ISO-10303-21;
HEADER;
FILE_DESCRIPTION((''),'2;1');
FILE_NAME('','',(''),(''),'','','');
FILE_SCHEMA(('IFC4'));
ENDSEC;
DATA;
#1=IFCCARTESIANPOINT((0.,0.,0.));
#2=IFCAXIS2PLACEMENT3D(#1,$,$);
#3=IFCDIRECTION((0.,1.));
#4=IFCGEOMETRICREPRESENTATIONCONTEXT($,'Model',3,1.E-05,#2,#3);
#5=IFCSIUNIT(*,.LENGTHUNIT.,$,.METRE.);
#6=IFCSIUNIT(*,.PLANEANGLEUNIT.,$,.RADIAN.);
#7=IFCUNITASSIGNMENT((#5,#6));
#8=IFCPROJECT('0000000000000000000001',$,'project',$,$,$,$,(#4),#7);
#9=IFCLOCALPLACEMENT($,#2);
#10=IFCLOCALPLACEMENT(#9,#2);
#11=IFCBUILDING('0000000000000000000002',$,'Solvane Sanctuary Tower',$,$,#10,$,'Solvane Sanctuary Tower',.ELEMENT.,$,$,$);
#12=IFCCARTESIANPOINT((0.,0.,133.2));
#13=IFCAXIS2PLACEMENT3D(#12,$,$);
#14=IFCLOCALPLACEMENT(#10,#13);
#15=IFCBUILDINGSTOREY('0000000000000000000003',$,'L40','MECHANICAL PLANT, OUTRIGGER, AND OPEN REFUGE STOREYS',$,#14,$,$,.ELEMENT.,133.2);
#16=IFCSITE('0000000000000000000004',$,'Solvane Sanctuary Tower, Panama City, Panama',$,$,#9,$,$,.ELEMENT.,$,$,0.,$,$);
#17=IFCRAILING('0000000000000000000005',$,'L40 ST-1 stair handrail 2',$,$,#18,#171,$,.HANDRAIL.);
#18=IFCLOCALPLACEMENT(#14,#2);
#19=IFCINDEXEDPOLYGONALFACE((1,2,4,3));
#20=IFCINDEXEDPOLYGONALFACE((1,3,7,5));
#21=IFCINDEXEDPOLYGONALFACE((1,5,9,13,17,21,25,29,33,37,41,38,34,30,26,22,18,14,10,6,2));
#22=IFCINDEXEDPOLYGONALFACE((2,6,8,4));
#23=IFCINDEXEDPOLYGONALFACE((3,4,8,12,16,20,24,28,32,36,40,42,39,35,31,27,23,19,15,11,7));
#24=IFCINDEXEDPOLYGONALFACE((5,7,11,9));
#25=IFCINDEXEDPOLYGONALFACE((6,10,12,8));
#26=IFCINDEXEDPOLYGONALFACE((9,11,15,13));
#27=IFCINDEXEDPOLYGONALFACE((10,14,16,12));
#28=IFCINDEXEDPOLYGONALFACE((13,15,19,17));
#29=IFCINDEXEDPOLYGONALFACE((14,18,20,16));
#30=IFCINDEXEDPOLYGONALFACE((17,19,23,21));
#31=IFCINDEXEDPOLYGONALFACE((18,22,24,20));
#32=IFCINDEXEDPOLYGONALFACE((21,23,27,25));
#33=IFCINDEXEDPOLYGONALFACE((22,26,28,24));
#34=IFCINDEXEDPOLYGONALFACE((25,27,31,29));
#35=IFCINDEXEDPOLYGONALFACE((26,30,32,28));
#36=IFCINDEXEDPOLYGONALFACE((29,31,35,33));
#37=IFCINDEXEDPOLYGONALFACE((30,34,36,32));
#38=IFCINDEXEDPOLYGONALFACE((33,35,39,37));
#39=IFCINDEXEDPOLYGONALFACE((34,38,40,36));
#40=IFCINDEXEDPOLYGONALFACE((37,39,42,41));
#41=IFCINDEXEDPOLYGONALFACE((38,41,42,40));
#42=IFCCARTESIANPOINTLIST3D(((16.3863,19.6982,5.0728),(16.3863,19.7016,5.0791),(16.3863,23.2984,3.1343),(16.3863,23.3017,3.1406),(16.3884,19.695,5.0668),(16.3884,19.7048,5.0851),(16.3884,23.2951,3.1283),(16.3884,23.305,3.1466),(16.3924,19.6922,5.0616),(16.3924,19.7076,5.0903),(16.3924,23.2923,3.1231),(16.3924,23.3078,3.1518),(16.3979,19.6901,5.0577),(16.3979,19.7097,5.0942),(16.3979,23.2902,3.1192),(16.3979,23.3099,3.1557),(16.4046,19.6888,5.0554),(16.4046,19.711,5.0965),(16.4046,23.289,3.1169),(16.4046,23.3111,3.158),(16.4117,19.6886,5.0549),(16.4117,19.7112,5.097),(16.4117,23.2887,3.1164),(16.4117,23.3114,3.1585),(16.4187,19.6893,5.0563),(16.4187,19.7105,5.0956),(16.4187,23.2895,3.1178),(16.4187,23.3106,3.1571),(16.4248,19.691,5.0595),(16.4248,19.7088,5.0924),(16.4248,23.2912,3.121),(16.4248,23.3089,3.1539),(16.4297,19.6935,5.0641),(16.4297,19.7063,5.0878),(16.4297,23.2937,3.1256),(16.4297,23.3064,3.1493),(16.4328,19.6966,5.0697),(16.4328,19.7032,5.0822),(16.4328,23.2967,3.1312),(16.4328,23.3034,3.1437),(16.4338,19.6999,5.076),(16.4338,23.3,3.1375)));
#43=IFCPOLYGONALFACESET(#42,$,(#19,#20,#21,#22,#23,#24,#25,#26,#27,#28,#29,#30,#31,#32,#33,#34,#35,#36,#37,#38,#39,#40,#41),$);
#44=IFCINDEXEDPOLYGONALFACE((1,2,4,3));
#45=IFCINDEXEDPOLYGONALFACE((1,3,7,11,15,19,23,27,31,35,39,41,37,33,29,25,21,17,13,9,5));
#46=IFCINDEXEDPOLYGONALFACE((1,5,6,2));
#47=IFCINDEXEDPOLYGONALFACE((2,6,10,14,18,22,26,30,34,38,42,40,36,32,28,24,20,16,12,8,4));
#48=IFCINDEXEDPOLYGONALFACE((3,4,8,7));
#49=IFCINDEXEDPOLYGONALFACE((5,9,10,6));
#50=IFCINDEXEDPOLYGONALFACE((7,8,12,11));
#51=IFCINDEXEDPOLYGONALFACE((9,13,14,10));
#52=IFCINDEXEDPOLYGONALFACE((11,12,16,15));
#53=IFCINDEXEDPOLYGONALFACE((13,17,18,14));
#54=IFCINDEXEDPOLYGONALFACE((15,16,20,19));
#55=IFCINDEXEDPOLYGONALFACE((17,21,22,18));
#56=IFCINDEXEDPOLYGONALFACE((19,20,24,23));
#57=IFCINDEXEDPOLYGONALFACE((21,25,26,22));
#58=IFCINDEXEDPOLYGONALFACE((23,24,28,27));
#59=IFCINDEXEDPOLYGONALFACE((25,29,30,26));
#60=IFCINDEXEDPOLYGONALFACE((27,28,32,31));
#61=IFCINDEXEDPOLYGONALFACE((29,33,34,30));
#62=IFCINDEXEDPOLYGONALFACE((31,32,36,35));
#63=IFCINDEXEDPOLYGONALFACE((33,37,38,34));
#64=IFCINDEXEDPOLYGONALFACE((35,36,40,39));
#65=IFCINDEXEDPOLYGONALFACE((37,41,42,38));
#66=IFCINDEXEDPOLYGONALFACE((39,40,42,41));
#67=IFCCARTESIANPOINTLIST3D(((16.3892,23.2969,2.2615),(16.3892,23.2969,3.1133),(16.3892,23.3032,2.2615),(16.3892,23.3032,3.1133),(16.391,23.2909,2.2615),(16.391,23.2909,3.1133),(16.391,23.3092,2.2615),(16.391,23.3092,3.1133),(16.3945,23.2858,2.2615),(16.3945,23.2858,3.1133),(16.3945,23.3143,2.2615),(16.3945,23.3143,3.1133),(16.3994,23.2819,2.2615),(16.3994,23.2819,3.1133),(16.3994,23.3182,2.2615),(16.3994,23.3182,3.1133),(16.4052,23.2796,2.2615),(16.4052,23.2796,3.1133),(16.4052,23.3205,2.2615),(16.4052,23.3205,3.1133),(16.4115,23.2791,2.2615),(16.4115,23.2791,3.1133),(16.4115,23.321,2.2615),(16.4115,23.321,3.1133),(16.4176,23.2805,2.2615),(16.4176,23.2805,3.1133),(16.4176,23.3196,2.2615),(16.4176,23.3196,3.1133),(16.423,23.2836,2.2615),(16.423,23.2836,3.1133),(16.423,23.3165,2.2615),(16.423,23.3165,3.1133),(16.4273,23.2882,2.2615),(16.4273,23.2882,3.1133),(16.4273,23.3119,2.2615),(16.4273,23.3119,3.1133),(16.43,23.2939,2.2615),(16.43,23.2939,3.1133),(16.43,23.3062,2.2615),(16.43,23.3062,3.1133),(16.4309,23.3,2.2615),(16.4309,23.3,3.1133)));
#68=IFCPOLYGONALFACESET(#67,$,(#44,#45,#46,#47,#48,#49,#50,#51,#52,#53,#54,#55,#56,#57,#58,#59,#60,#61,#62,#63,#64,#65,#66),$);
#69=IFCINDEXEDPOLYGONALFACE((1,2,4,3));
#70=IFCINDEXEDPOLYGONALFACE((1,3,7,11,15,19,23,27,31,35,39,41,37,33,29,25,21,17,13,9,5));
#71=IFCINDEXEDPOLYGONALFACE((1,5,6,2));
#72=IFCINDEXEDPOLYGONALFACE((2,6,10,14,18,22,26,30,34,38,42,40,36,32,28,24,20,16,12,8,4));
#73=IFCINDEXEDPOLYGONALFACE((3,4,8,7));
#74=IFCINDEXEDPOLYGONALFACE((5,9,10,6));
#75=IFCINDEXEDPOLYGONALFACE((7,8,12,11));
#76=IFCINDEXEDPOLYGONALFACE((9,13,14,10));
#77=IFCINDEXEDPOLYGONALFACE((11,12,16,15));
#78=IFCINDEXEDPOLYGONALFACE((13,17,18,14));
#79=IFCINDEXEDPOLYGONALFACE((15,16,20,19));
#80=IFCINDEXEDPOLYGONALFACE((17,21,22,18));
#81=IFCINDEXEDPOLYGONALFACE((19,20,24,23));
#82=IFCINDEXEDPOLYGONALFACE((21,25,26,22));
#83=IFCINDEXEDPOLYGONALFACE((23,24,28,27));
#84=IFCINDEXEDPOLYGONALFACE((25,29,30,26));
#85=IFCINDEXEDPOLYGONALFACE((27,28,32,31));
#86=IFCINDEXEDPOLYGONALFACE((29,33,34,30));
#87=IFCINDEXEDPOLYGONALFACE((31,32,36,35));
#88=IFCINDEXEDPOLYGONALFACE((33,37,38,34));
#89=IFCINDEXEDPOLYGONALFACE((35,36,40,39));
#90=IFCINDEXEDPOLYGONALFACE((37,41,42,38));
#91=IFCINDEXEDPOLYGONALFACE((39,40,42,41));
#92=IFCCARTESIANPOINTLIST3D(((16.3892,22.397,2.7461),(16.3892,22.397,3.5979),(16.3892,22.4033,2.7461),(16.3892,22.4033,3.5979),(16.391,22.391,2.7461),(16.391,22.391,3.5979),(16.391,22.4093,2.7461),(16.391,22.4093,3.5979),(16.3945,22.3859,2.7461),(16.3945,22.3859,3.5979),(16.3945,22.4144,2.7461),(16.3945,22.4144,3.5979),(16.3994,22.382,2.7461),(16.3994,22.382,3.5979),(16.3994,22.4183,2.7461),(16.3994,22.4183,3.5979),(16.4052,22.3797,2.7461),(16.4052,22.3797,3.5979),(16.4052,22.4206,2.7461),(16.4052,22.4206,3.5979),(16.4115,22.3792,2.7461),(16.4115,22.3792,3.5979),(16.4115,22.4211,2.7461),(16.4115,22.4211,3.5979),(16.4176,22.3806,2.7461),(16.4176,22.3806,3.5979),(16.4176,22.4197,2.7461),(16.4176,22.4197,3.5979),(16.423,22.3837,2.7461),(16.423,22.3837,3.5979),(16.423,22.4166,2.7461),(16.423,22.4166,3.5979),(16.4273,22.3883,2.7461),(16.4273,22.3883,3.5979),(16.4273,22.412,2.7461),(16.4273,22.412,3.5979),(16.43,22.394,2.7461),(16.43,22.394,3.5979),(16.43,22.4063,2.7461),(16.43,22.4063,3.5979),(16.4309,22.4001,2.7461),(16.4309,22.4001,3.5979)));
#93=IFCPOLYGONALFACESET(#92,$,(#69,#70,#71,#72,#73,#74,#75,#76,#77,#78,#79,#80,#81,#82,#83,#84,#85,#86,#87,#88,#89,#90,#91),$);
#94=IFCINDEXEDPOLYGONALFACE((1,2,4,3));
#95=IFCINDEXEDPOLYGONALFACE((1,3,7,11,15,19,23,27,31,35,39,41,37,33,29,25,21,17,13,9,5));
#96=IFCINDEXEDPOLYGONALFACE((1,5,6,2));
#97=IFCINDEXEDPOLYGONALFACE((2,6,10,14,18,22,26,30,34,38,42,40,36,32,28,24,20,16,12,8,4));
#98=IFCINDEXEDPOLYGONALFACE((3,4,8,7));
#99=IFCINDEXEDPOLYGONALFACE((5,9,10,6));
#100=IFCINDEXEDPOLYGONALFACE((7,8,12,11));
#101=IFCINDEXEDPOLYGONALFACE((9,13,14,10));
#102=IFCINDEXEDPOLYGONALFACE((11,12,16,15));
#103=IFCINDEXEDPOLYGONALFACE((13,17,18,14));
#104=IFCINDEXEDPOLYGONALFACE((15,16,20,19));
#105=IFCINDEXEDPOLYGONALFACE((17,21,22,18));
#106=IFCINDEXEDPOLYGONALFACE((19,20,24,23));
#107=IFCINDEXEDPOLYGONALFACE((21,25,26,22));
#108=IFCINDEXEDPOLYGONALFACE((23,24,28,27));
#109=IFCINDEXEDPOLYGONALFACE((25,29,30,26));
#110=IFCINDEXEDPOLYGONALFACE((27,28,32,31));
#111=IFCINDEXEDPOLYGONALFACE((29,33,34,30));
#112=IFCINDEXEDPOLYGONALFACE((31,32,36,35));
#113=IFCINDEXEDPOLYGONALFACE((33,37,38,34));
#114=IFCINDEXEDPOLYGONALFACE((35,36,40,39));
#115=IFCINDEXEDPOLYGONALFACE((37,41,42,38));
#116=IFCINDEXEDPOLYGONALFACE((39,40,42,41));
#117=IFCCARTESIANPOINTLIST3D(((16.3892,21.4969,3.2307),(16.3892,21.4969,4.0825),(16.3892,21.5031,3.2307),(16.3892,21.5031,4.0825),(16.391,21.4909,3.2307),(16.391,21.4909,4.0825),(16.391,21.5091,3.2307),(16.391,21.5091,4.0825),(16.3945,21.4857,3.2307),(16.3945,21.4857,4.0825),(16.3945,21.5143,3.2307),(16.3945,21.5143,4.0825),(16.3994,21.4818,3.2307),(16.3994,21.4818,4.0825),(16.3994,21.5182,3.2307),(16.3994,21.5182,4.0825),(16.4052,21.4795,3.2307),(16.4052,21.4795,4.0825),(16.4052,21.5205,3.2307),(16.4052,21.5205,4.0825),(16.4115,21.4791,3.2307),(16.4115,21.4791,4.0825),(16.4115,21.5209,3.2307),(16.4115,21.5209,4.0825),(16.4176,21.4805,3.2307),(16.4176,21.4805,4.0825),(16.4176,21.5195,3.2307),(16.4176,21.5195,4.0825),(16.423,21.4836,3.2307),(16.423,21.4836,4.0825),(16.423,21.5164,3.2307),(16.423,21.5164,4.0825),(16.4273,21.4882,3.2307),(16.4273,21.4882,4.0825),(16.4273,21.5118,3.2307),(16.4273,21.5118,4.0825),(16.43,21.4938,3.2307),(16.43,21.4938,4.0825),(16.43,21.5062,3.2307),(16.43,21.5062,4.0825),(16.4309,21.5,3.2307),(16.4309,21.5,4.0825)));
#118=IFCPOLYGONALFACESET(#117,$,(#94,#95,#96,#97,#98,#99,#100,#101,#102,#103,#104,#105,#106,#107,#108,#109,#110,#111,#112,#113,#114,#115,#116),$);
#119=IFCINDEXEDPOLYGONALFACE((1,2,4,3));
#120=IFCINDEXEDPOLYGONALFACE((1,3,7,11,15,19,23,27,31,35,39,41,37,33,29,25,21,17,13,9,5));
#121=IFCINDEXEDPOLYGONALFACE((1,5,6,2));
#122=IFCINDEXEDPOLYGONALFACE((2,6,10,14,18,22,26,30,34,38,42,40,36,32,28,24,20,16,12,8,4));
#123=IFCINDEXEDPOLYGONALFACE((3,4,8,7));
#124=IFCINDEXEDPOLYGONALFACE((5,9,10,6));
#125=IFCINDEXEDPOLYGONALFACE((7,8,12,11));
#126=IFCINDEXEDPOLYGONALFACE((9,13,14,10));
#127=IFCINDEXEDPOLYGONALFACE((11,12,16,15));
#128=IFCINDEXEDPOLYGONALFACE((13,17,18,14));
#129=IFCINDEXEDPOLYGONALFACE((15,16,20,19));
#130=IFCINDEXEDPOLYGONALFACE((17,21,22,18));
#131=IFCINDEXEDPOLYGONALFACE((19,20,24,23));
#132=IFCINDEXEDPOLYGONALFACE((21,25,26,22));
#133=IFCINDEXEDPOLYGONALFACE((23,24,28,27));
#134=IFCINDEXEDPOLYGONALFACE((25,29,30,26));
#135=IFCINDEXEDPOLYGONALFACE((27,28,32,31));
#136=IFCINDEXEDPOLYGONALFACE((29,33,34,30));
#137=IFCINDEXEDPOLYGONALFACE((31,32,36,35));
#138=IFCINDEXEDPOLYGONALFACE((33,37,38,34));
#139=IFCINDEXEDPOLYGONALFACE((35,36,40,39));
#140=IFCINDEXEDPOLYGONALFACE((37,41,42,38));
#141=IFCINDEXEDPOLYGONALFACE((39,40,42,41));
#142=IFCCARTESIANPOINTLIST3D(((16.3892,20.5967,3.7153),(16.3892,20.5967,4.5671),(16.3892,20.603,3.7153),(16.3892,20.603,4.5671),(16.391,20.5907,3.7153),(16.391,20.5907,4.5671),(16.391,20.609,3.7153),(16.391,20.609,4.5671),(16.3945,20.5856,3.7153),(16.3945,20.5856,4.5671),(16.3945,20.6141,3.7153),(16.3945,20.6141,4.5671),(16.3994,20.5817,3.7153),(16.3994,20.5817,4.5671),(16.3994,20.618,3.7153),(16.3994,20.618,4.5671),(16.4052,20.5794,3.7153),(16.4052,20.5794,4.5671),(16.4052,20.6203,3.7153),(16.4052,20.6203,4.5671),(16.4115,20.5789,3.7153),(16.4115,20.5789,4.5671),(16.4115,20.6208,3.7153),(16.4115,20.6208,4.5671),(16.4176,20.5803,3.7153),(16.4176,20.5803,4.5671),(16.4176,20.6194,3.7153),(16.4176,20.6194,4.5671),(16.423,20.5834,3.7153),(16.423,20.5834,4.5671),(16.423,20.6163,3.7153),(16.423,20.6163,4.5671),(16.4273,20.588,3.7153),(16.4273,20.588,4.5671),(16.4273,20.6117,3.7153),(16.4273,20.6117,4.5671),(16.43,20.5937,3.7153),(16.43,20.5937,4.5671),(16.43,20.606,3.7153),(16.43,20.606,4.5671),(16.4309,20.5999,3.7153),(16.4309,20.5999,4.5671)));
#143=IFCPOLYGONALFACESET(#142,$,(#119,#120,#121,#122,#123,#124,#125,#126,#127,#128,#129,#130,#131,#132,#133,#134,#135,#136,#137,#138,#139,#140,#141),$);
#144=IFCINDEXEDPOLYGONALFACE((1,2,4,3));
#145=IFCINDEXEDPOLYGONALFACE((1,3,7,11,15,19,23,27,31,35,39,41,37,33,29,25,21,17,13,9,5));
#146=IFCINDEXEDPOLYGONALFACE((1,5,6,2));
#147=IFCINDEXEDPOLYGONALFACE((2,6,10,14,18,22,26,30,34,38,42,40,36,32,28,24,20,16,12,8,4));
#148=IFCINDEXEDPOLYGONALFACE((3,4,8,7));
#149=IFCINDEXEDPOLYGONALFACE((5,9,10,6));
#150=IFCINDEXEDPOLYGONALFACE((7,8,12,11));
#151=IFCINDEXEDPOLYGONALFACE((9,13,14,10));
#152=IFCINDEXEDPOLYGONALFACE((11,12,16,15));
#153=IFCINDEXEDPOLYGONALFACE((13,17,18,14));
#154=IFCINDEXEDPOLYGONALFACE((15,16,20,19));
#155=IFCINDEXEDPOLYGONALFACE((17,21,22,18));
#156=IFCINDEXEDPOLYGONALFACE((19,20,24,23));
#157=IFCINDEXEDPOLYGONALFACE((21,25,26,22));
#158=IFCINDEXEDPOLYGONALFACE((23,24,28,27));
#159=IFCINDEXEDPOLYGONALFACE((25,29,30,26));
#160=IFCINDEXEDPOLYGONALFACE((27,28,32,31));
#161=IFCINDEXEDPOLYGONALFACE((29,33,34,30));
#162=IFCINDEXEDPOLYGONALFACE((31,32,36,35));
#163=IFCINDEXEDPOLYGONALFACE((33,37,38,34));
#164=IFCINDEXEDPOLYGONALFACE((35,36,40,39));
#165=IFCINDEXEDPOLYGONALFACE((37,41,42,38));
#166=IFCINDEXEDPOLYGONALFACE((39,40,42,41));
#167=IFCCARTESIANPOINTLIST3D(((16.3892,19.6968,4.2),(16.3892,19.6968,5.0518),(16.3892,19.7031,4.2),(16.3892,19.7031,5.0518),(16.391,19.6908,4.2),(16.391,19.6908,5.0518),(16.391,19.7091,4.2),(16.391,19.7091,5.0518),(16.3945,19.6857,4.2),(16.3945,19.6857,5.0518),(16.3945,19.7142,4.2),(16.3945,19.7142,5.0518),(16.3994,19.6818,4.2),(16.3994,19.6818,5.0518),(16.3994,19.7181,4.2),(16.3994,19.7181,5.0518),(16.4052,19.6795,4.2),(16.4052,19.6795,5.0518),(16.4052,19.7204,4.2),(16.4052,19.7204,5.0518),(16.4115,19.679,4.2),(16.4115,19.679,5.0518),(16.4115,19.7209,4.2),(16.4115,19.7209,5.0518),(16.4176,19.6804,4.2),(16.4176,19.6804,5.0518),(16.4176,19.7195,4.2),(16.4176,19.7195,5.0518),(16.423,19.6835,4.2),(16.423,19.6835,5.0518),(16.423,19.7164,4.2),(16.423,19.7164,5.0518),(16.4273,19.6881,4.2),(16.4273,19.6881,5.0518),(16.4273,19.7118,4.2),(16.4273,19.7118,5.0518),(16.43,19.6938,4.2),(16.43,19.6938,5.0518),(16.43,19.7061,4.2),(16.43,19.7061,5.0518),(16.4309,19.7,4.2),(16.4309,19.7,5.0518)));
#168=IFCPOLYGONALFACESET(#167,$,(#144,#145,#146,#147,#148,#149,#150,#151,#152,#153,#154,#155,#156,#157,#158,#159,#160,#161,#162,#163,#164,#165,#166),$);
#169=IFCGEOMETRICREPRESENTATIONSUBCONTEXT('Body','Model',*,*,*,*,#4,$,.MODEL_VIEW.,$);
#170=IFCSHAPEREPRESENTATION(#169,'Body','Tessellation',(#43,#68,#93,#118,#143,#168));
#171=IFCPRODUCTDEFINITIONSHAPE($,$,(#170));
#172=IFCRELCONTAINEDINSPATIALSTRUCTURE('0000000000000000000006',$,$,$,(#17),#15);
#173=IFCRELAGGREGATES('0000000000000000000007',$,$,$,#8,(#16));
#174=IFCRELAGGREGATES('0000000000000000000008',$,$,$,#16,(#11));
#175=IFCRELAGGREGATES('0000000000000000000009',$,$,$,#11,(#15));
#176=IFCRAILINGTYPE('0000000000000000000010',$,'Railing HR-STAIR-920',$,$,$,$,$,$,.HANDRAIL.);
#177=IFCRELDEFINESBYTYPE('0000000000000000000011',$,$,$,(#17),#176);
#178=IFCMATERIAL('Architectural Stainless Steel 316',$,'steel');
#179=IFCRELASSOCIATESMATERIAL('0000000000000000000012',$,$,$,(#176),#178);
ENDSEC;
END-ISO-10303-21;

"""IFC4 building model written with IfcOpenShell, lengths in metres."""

from ifc_helpers import new_model, si_unit, direction, frame, origin, origin_2d, place, context, subcontext, project, spatial, circle, extrude, material, type_object, element, save


model = new_model("IFC4")

# Units and contexts
model_context = context("Model", 3, precision=1e-05, world=origin(), true_north=direction((0.0, 1.0)))
body_context = subcontext(model_context, "Body", "Model", "MODEL_VIEW")
ifc_project = project(units=[si_unit("LENGTHUNIT", "METRE"), si_unit("PLANEANGLEUNIT", "RADIAN")], contexts=[model_context])

# Site, building, storey
site_placement = place(None, origin())
site = spatial("IfcSite", under=ifc_project, at=site_placement, Name="Solvane Sanctuary Tower, Panama City, Panama", CompositionType="ELEMENT", RefElevation=0.0)
building_placement = place(site_placement, origin())
building = spatial("IfcBuilding", under=site, at=building_placement, Name="Solvane Sanctuary Tower", LongName="Solvane Sanctuary Tower", CompositionType="ELEMENT")
storey_placement = place(building_placement, frame((0.0, 0.0, 133.2)))
storey = spatial("IfcBuildingStorey", under=building, at=storey_placement, Name="L40", Description="MECHANICAL PLANT, OUTRIGGER, AND OPEN REFUGE STOREYS", CompositionType="ELEMENT", Elevation=133.2)

# Shared definitions
ifc_material_1 = material(Name="Architectural Stainless Steel 316", Category="steel")

# Railing
railing_type_1 = type_object("IfcRailingType", Name="Railing HR-STAIR-920", PredefinedType="HANDRAIL", material=ifc_material_1)
for number, where, name in (
    (1, (16.4099, 23.3, 2.2615), "L40 ST-1 stair handrail 2"),
):
    element("IfcRailing", number, at=place(storey_placement, frame(where)), inside=storey, type_object=railing_type_1, Name=name, PredefinedType="HANDRAIL", context=body_context, shape_type="SweptSolid", body=[
        extrude(circle(Radius=0.0239, at=origin_2d()), frame((0.0, 0.0, 0.876), z_axis=(0.0, -0.880475, 0.474093), x_axis=(1.0, 0.0, 0.0)), (0.0, 0.0, 1.0), 4.0889),
        extrude(circle(Radius=0.021, at=origin_2d()), origin(), (0.0, 0.0, 1.0), 0.8518),
        extrude(circle(Radius=0.021, at=origin_2d()), frame((0.0, -0.8999, 0.4846)), (0.0, 0.0, 1.0), 0.8518),
        extrude(circle(Radius=0.021, at=origin_2d()), frame((0.0, -1.8, 0.9692)), (0.0, 0.0, 1.0), 0.8518),
        extrude(circle(Radius=0.021, at=origin_2d()), frame((0.0, -2.7002, 1.4539)), (0.0, 0.0, 1.0), 0.8518),
        extrude(circle(Radius=0.021, at=origin_2d()), frame((0.0, -3.6001, 1.9385)), (0.0, 0.0, 1.0), 0.8518),
    ])

save(model, "model.ifc")
